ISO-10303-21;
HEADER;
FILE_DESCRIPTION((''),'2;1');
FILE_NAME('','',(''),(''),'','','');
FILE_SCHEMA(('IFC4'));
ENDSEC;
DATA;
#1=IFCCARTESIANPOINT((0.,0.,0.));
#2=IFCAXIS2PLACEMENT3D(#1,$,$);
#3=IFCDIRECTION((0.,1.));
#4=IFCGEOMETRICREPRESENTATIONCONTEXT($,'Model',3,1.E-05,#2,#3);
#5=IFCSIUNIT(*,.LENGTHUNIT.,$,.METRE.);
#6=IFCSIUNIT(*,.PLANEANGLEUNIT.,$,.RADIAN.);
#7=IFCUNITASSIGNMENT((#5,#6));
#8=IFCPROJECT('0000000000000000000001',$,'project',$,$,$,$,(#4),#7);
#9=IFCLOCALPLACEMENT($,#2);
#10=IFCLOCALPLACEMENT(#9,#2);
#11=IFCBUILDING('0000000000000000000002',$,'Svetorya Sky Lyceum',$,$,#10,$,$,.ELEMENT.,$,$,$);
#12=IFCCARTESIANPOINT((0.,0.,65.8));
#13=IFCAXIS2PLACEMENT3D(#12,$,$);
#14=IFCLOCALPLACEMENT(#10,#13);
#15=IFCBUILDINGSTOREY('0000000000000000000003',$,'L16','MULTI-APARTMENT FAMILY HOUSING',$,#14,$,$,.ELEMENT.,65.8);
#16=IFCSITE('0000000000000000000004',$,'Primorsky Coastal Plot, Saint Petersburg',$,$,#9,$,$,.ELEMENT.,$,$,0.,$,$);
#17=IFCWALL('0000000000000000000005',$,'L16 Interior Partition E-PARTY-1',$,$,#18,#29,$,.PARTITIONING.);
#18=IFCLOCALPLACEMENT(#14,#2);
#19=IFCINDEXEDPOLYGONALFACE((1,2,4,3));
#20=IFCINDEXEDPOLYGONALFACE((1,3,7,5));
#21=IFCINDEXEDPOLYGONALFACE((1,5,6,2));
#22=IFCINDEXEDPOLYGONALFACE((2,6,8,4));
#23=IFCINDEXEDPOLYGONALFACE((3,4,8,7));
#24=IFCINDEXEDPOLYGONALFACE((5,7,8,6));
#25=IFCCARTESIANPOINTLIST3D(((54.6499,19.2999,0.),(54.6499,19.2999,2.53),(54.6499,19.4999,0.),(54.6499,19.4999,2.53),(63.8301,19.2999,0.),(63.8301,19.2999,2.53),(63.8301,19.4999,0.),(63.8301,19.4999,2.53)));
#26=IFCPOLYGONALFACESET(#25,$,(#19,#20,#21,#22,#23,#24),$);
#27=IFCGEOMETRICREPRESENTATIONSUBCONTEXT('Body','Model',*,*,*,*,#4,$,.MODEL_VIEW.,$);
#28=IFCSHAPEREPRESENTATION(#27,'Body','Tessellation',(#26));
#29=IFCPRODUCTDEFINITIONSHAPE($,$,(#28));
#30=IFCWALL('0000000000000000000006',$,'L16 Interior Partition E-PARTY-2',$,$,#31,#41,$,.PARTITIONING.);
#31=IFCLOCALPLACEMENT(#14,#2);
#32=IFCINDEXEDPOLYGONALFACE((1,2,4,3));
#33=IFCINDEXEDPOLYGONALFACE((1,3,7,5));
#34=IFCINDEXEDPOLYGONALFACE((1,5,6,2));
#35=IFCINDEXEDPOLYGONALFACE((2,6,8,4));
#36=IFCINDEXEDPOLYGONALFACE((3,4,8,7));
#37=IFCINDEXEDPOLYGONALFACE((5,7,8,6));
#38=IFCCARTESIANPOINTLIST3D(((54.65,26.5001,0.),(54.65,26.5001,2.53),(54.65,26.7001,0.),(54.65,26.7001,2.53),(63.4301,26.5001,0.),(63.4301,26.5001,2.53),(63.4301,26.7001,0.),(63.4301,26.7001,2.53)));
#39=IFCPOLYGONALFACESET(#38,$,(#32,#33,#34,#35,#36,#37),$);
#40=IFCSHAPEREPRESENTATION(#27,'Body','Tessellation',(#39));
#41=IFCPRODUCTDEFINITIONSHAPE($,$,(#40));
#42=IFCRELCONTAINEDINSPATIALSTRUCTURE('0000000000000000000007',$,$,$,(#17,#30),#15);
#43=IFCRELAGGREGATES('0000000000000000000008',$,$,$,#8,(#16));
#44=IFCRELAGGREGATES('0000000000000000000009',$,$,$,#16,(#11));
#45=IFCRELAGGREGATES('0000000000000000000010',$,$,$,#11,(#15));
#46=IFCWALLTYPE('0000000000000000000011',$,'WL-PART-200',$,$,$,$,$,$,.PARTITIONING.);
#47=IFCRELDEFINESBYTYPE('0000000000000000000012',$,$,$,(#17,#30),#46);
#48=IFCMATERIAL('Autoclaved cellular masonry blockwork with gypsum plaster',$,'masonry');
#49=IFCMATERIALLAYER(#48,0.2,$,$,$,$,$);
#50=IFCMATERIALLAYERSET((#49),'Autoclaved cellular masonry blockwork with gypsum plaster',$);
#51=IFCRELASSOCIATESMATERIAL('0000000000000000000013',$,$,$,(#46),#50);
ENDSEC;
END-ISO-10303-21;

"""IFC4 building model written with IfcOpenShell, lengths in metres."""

from ifc_helpers import new_model, si_unit, direction, frame, frame_2d, origin, place, context, subcontext, project, spatial, rectangle, extrude, material, layer, layer_set, type_object, element, save


model = new_model("IFC4")

# Units and contexts
model_context = context("Model", 3, precision=1e-05, world=origin(), true_north=direction((0.0, 1.0)))
body_context = subcontext(model_context, "Body", "Model", "MODEL_VIEW")
ifc_project = project(units=[si_unit("LENGTHUNIT", "METRE"), si_unit("PLANEANGLEUNIT", "RADIAN")], contexts=[model_context])

# Site, building, storey
site_placement = place(None, origin())
site = spatial("IfcSite", under=ifc_project, at=site_placement, Name="Primorsky Coastal Plot, Saint Petersburg", CompositionType="ELEMENT", RefElevation=0.0)
building_placement = place(site_placement, origin())
building = spatial("IfcBuilding", under=site, at=building_placement, Name="Svetorya Sky Lyceum", CompositionType="ELEMENT")
storey_placement = place(building_placement, frame((0.0, 0.0, 65.8)))
storey = spatial("IfcBuildingStorey", under=building, at=storey_placement, Name="L16", Description="MULTI-APARTMENT FAMILY HOUSING", CompositionType="ELEMENT", Elevation=65.8)

# Walls
ifc_material_1 = material(Name="Autoclaved cellular masonry blockwork with gypsum plaster", Category="masonry")
ifc_layer_1 = layer(ifc_material_1, 0.2)
ifc_layer_set_1 = layer_set([ifc_layer_1], Name="Autoclaved cellular masonry blockwork with gypsum plaster")
wall_type_1 = type_object("IfcWallType", Name="WL-PART-200", PredefinedType="PARTITIONING", material=ifc_layer_set_1)
wall_1_placement = place(storey_placement, frame((54.6499, 19.3999, 0.0), z_axis=(0.0, 0.0, 1.0), x_axis=(1.0, 0.0, 0.0)))
element("IfcWall", 1, at=wall_1_placement, inside=storey, type_object=wall_type_1, Name="L16 Interior Partition E-PARTY-1", PredefinedType="PARTITIONING", context=body_context, shape_type="SweptSolid", body=[
    extrude(rectangle(XDim=9.1802, YDim=0.2, at=frame_2d((4.5901, 0.0))), origin(), (0.0, 0.0, 1.0), 2.53),
])
wall_2_placement = place(storey_placement, frame((54.6499, 26.6001, 0.0), z_axis=(0.0, 0.0, 1.0), x_axis=(1.0, 0.0, 0.0)))
element("IfcWall", 2, at=wall_2_placement, inside=storey, type_object=wall_type_1, Name="L16 Interior Partition E-PARTY-2", PredefinedType="PARTITIONING", context=body_context, shape_type="SweptSolid", body=[
    extrude(rectangle(XDim=8.78, YDim=0.2, at=frame_2d((4.3901, 0.0))), origin(), (0.0, 0.0, 1.0), 2.53),
])

save(model, "model.ifc")
